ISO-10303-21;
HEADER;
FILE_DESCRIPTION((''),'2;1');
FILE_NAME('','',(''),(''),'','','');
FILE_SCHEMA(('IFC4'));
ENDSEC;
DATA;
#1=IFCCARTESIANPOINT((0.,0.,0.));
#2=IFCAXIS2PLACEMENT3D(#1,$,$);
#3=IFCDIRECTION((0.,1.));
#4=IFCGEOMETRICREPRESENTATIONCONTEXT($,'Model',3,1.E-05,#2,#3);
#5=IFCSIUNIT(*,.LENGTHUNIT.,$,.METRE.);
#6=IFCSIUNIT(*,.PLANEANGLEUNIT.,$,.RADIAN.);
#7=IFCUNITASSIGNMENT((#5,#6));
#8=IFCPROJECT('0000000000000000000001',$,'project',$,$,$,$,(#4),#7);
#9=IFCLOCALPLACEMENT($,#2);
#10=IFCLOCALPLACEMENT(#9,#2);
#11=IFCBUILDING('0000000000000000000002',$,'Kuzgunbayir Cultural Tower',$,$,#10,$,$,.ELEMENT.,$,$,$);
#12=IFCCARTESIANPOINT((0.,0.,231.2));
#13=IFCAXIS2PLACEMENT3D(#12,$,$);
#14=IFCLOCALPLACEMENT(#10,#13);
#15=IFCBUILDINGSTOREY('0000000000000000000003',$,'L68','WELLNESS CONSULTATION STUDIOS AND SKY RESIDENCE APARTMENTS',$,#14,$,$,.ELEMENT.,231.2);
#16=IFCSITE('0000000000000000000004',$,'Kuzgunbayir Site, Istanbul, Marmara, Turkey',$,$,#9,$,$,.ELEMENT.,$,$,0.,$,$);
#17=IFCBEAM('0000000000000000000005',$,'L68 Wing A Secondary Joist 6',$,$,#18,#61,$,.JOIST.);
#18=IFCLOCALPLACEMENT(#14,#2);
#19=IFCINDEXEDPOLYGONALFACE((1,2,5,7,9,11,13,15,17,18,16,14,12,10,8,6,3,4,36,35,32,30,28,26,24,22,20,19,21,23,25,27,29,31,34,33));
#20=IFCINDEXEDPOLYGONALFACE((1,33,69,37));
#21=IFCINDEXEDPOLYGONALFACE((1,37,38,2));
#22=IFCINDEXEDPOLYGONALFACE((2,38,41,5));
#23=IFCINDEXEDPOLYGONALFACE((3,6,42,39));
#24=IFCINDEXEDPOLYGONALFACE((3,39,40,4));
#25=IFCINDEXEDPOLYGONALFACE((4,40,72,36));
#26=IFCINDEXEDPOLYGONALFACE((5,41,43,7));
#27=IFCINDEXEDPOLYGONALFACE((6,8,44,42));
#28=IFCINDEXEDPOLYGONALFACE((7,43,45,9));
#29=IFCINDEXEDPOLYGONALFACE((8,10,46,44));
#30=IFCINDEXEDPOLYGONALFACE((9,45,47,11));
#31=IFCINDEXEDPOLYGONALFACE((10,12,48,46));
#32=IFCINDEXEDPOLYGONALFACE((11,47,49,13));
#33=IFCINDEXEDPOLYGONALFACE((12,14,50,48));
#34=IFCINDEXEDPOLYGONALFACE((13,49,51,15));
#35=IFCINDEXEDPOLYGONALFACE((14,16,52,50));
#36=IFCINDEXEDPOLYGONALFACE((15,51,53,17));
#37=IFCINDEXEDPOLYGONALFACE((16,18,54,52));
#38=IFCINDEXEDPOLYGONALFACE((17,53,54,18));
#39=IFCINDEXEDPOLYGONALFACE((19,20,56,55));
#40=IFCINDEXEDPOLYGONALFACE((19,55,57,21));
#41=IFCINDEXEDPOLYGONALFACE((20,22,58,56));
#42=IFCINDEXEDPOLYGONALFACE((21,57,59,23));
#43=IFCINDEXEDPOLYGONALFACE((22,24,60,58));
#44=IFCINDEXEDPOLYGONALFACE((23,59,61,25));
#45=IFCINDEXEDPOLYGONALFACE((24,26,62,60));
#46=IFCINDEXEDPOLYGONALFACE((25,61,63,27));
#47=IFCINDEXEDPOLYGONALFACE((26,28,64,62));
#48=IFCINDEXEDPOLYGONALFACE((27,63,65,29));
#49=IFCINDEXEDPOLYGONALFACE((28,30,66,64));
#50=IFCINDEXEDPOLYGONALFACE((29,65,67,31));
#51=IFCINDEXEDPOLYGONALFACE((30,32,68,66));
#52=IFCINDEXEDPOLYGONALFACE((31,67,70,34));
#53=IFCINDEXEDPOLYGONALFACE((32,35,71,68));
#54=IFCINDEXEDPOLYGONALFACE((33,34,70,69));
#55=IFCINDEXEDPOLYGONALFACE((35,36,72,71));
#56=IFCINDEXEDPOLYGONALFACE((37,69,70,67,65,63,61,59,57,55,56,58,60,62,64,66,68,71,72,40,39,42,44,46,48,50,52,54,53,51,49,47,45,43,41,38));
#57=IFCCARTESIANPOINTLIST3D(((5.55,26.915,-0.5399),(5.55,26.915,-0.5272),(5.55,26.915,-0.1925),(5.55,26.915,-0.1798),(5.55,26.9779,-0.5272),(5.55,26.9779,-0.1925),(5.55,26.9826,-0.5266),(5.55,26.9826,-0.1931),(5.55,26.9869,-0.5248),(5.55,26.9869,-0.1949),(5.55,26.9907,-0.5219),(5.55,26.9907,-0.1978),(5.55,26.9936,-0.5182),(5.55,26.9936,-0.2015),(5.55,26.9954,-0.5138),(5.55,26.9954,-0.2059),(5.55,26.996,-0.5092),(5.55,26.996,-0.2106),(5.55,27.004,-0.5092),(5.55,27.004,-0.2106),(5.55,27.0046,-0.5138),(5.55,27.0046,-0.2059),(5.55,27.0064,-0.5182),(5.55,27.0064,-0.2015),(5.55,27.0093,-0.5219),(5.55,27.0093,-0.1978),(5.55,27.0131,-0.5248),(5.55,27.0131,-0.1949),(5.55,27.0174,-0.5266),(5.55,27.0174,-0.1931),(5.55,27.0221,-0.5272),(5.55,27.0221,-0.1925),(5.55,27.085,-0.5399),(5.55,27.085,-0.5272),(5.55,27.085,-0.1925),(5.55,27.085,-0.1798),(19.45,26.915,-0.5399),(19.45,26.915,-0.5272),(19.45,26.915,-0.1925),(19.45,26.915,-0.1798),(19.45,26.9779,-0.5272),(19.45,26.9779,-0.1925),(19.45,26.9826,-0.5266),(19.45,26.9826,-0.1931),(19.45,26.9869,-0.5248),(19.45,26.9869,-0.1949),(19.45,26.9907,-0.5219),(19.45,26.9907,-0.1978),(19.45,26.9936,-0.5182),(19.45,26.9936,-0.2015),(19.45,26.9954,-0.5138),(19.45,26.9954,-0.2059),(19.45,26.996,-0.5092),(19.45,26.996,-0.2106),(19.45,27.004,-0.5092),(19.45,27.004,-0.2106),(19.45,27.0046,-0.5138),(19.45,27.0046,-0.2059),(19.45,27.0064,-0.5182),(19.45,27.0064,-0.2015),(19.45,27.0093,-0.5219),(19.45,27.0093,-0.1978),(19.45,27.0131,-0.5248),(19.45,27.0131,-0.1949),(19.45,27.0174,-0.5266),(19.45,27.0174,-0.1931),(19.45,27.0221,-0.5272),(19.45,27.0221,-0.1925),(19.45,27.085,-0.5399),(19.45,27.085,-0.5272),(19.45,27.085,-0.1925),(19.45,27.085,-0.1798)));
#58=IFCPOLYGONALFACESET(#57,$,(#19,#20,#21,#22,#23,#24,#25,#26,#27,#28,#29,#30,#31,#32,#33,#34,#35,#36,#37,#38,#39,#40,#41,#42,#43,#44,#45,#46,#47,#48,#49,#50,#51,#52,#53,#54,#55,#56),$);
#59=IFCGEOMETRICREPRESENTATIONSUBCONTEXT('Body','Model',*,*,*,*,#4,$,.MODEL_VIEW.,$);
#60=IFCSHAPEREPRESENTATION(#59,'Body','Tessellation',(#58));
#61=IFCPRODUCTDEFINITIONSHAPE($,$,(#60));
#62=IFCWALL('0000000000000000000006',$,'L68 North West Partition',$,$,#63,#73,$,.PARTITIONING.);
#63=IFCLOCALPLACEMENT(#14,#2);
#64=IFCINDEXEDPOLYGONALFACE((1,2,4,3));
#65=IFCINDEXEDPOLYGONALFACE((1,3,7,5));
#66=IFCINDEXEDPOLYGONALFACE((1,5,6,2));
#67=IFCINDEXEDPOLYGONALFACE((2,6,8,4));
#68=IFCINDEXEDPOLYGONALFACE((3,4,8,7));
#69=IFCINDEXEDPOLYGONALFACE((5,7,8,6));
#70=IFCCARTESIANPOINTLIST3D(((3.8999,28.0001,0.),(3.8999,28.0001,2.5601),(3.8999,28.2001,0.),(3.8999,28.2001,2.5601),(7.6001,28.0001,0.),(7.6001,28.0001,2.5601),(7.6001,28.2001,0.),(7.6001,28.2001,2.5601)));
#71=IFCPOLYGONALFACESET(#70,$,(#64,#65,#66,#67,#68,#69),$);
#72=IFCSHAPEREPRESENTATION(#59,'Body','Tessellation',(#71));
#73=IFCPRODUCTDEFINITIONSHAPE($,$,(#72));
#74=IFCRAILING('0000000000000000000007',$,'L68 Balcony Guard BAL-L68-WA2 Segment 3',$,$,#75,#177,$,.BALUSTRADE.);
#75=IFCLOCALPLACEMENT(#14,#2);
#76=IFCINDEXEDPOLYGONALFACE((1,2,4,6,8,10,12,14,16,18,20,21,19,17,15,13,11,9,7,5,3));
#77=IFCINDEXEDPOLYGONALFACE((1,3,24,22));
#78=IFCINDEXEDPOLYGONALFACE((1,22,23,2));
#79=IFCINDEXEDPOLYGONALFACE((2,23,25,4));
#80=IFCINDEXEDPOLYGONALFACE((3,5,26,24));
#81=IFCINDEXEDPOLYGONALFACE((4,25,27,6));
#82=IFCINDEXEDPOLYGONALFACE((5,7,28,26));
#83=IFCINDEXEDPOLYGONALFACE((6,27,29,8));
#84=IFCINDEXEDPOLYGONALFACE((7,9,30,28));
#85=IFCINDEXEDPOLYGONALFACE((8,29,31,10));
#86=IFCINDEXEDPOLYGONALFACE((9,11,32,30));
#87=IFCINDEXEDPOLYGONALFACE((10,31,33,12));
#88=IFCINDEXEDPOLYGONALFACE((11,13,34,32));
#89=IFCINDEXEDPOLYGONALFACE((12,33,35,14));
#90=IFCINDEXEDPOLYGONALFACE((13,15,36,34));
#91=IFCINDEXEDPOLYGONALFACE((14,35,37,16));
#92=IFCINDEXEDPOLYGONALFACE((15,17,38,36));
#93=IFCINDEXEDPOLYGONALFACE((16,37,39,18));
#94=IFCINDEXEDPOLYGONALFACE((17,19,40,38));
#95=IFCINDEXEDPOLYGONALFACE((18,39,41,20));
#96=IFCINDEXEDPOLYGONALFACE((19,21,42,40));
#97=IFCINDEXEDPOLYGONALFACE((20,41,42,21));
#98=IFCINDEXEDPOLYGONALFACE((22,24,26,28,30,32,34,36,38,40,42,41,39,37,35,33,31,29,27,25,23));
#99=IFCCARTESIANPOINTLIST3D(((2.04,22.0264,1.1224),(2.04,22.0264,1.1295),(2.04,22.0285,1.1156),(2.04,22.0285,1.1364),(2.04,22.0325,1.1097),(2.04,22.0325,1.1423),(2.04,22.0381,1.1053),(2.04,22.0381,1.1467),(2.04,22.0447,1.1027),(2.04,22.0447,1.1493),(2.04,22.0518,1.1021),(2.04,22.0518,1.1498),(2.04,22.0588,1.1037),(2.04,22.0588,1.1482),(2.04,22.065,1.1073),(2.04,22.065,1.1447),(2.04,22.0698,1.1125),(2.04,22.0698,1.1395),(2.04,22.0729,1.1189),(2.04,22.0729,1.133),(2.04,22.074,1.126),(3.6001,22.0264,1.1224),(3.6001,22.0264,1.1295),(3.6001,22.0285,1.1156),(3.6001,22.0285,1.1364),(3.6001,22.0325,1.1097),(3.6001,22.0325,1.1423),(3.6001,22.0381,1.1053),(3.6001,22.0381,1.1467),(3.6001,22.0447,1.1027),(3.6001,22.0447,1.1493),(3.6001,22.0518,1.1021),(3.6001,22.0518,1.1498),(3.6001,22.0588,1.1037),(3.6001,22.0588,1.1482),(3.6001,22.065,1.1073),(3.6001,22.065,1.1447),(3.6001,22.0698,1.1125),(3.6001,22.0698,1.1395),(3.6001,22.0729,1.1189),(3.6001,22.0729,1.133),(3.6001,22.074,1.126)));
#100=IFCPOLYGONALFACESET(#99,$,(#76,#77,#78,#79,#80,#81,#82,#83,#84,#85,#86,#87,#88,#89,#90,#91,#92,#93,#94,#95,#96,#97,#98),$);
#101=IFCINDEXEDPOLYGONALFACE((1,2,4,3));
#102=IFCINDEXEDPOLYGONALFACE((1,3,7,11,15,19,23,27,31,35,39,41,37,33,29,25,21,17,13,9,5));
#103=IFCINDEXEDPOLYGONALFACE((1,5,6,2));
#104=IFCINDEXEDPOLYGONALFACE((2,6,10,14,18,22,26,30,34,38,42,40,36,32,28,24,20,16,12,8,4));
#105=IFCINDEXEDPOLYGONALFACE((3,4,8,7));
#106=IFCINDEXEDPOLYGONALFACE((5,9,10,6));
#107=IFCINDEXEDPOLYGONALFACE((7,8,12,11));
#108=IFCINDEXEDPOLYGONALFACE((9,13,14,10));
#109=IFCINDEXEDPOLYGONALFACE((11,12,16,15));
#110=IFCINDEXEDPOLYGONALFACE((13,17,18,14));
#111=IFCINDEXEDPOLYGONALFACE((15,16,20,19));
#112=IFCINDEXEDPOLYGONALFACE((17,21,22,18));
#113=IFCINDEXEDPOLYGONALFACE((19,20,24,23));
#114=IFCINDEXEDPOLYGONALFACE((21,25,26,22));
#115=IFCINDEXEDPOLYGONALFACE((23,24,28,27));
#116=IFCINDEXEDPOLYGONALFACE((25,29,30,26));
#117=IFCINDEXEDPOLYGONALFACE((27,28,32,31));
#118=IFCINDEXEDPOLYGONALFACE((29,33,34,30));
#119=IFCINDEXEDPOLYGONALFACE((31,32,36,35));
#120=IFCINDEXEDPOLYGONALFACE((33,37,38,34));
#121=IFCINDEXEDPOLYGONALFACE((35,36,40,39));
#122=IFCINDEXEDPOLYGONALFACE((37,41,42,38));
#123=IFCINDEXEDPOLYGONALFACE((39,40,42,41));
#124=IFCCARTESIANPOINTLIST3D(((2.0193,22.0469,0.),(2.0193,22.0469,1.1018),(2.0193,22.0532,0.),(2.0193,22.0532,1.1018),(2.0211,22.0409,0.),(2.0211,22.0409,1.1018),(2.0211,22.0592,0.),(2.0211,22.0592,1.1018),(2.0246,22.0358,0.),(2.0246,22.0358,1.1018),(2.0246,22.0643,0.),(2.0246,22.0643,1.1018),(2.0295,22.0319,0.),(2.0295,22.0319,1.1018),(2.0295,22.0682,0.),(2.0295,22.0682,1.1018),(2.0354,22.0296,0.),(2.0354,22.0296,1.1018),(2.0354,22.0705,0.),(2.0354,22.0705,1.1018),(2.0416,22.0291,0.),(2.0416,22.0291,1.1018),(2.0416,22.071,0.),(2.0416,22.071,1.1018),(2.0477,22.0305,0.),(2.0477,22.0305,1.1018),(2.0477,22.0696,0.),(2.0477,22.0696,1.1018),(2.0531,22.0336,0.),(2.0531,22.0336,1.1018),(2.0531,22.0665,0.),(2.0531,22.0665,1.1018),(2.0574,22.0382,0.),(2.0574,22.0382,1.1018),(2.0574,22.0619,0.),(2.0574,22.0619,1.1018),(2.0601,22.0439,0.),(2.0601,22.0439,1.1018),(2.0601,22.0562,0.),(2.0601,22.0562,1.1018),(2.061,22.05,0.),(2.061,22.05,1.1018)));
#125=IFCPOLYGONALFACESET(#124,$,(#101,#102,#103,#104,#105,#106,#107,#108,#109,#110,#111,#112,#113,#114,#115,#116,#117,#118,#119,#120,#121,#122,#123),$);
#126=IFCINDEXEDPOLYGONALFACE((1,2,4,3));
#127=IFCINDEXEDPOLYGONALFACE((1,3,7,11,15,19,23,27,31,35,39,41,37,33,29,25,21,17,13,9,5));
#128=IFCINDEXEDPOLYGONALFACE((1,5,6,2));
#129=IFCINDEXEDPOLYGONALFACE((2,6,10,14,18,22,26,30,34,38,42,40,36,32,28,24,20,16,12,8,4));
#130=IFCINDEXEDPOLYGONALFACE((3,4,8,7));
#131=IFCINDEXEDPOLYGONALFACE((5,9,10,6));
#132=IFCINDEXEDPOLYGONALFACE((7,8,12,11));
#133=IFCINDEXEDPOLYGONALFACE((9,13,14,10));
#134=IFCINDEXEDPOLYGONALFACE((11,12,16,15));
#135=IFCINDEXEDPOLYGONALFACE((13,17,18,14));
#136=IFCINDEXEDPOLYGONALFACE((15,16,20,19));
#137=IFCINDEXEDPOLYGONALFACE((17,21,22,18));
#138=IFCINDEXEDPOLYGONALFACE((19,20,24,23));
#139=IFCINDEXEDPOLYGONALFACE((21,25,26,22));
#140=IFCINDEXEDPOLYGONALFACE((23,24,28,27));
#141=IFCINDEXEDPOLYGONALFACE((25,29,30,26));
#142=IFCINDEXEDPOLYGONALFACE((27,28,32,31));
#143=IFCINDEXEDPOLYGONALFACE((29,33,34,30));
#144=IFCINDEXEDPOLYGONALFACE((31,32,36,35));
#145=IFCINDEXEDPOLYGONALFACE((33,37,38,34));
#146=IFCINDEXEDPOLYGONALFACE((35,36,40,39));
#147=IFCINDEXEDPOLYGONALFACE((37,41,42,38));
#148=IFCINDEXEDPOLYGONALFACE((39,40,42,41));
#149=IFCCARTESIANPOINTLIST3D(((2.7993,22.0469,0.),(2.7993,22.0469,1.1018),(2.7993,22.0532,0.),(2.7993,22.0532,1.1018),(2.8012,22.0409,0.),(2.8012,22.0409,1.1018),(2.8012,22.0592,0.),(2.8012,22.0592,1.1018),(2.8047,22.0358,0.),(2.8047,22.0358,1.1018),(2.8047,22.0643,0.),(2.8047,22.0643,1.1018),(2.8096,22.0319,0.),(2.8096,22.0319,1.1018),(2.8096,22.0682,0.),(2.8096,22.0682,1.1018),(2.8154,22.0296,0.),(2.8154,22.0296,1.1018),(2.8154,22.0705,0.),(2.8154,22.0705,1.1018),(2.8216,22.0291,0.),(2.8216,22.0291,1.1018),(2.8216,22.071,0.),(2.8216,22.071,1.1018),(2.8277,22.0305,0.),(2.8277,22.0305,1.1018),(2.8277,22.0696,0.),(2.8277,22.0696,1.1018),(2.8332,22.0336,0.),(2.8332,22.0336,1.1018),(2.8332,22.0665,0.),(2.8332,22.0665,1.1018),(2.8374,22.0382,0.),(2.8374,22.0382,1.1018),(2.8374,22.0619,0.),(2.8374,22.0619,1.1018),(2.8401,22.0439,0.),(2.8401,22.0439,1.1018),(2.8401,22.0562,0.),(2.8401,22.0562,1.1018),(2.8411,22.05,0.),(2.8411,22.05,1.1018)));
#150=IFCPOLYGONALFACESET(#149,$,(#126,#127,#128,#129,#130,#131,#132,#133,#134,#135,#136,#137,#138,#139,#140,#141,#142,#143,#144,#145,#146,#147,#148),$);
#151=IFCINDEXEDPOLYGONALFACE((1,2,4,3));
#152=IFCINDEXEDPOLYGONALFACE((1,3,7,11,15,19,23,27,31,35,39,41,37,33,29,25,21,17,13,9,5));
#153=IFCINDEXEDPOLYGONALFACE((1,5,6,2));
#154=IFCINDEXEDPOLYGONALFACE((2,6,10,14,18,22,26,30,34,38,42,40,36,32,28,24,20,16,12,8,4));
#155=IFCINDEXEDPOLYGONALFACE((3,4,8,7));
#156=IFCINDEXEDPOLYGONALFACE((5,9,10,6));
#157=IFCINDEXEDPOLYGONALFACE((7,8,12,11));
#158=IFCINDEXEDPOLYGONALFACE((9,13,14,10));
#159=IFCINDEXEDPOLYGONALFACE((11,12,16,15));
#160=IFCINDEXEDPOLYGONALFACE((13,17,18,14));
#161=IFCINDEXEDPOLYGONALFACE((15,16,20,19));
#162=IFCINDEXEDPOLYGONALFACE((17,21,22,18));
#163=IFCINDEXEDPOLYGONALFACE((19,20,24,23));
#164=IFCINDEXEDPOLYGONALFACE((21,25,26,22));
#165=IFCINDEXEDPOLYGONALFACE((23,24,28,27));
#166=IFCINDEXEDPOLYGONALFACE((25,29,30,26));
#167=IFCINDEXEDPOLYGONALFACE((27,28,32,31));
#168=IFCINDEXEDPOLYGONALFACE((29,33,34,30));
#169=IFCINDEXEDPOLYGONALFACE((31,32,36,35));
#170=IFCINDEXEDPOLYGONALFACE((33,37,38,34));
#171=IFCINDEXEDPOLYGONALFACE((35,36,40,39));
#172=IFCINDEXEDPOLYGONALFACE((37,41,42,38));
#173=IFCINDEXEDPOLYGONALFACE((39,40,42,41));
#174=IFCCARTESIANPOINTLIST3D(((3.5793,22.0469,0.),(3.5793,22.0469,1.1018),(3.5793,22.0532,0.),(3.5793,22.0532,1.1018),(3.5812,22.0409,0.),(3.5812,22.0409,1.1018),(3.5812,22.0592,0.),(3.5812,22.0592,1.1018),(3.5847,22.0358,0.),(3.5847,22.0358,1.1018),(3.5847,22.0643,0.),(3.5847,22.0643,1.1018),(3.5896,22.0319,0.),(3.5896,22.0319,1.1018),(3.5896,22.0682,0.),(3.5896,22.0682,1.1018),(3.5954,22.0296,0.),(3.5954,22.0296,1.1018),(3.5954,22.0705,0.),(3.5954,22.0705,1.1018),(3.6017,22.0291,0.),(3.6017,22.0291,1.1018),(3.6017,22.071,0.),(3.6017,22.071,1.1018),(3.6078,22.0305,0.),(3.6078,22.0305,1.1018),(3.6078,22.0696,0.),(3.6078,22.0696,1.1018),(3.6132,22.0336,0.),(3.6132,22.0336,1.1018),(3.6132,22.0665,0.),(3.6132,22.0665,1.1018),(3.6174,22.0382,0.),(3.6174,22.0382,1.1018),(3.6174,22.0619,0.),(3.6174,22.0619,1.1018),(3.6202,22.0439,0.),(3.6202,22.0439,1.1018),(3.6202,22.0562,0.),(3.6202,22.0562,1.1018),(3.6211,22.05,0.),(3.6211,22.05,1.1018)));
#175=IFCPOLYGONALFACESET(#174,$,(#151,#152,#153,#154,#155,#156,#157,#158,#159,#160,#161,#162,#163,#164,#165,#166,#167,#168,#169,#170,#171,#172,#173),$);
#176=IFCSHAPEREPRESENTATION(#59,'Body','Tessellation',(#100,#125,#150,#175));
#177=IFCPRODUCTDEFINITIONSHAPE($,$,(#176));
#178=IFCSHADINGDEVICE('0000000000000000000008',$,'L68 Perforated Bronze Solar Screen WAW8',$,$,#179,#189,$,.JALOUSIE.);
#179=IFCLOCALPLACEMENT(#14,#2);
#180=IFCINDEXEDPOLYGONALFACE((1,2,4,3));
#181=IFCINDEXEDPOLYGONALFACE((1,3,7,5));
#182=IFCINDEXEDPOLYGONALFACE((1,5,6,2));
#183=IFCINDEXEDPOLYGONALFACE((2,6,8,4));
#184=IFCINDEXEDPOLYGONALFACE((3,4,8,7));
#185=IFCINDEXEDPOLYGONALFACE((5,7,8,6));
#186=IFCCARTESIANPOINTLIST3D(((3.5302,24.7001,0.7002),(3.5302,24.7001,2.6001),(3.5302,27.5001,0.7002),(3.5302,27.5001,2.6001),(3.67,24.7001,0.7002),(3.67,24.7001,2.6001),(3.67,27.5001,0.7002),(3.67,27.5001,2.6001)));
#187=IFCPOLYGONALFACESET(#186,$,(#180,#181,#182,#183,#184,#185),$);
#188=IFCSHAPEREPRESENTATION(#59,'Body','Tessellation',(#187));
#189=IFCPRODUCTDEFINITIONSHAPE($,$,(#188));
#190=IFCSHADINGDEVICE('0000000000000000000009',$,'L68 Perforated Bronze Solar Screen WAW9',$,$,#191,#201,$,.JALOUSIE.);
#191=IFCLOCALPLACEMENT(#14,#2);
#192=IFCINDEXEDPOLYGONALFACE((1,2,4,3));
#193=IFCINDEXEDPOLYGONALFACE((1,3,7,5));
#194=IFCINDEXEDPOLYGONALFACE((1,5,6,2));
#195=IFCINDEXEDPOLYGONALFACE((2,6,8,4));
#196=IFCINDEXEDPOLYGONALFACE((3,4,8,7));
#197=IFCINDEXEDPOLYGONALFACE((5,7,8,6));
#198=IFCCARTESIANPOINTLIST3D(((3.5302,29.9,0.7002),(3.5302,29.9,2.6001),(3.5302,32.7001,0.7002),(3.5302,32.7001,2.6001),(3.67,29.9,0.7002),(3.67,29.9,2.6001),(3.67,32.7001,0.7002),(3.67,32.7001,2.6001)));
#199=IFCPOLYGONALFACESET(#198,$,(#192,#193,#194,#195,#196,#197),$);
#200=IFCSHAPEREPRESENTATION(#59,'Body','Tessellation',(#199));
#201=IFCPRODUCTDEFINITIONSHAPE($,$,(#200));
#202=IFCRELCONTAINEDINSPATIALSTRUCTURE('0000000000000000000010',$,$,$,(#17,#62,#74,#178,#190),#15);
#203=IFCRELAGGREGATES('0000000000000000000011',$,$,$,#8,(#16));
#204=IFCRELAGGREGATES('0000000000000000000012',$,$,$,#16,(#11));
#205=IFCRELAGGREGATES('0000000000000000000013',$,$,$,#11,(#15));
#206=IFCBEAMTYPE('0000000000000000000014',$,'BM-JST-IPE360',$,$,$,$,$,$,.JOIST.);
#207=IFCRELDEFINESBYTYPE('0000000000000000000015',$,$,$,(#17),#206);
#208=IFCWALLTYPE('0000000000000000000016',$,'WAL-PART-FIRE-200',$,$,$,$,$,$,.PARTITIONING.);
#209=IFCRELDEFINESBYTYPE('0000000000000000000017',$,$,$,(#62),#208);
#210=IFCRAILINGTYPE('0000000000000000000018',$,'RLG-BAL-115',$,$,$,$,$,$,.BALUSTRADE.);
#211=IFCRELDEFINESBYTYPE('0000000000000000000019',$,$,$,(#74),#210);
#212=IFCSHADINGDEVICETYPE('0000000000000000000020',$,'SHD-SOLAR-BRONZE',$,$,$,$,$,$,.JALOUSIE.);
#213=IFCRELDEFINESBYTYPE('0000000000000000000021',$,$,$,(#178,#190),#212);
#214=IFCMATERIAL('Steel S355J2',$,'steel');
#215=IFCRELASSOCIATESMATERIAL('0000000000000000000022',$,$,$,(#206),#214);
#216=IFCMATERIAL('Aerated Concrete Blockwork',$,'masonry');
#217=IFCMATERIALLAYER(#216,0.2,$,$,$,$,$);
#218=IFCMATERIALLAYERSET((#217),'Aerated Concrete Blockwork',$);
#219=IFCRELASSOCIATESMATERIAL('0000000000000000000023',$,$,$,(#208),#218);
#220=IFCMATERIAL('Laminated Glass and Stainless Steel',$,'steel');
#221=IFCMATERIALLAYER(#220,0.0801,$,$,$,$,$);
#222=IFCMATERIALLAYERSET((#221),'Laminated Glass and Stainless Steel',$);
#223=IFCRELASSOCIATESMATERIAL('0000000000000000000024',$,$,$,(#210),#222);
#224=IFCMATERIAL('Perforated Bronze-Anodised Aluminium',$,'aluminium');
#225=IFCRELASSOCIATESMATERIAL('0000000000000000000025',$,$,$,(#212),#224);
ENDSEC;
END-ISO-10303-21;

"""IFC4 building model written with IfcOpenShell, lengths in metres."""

from ifc_helpers import new_model, si_unit, direction, frame, frame_2d, origin, origin_2d, place, context, subcontext, project, spatial, rectangle, circle, i_section, extrude, material, layer, layer_set, material_profile, profile_set, type_object, element, save


model = new_model("IFC4")

# Units and contexts
model_context = context("Model", 3, precision=1e-05, world=origin(), true_north=direction((0.0, 1.0)))
body_context = subcontext(model_context, "Body", "Model", "MODEL_VIEW")
ifc_project = project(units=[si_unit("LENGTHUNIT", "METRE"), si_unit("PLANEANGLEUNIT", "RADIAN")], contexts=[model_context])

# Site, building, storey
site_placement = place(None, origin())
site = spatial("IfcSite", under=ifc_project, at=site_placement, Name="Kuzgunbayir Site, Istanbul, Marmara, Turkey", CompositionType="ELEMENT", RefElevation=0.0)
building_placement = place(site_placement, origin())
building = spatial("IfcBuilding", under=site, at=building_placement, Name="Kuzgunbayir Cultural Tower", CompositionType="ELEMENT")
storey_placement = place(building_placement, frame((0.0, 0.0, 231.2)))
storey = spatial("IfcBuildingStorey", under=building, at=storey_placement, Name="L68", Description="WELLNESS CONSULTATION STUDIOS AND SKY RESIDENCE APARTMENTS", CompositionType="ELEMENT", Elevation=231.2)

# Beam
ifc_material_1 = material(Name="Steel S355J2", Category="steel")
ifc_material_profile_1 = material_profile(ifc_material_1, i_section(OverallWidth=0.1699, OverallDepth=0.3601, WebThickness=0.0081, FlangeThickness=0.0127, FilletRadius=0.0181, at=origin_2d()), Name="IPE 360")
ifc_profile_set_1 = profile_set([ifc_material_profile_1], Name="Steel S355J2")
beam_type_1 = type_object("IfcBeamType", Name="BM-JST-IPE360", PredefinedType="JOIST", material=ifc_profile_set_1)
for number, where, z_axis, x_axis, name in (
    (1, (5.55, 27.0, -0.3599), (1.0, 0.0, 0.0), (0.0, 1.0, 0.0), "L68 Wing A Secondary Joist 6"),
):
    element("IfcBeam", number, at=place(storey_placement, frame(where, z_axis=z_axis, x_axis=x_axis)), inside=storey, type_object=beam_type_1, Name=name, PredefinedType="JOIST", context=body_context, shape_type="SweptSolid", body=[
        extrude(i_section(OverallWidth=0.1699, OverallDepth=0.3601, WebThickness=0.0081, FlangeThickness=0.0127, FilletRadius=0.0181, at=origin_2d()), origin(), (0.0, 0.0, 1.0), 13.8999),
    ])

# Wall
ifc_material_2 = material(Name="Aerated Concrete Blockwork", Category="masonry")
ifc_layer_1 = layer(ifc_material_2, 0.2)
ifc_layer_set_1 = layer_set([ifc_layer_1], Name="Aerated Concrete Blockwork")
wall_type_1 = type_object("IfcWallType", Name="WAL-PART-FIRE-200", PredefinedType="PARTITIONING", material=ifc_layer_set_1)
wall_1_placement = place(storey_placement, frame((3.8999, 28.1001, 0.0), z_axis=(0.0, 0.0, 1.0), x_axis=(1.0, 0.0, 0.0)))
element("IfcWall", 2, at=wall_1_placement, inside=storey, type_object=wall_type_1, Name="L68 North West Partition", PredefinedType="PARTITIONING", context=body_context, shape_type="SweptSolid", body=[
    extrude(rectangle(XDim=3.7002, YDim=0.2, at=frame_2d((1.8501, 0.0))), origin(), (0.0, 0.0, 1.0), 2.5601),
])

# Railing
ifc_material_3 = material(Name="Laminated Glass and Stainless Steel", Category="steel")
ifc_layer_2 = layer(ifc_material_3, 0.0801)
ifc_layer_set_2 = layer_set([ifc_layer_2], Name="Laminated Glass and Stainless Steel")
railing_type = type_object("IfcRailingType", Name="RLG-BAL-115", PredefinedType="BALUSTRADE", material=ifc_layer_set_2)
railing_placement = place(storey_placement, frame((2.04, 22.05, 0.0)))
element("IfcRailing", 3, at=railing_placement, inside=storey, type_object=railing_type, Name="L68 Balcony Guard BAL-L68-WA2 Segment 3", PredefinedType="BALUSTRADE", context=body_context, shape_type="SweptSolid", body=[
    extrude(circle(Radius=0.0239, at=origin_2d()), frame((0.0, 0.0, 1.126), z_axis=(1.0, 0.0, 0.0), x_axis=(0.0, 1.0, 0.0)), (0.0, 0.0, 1.0), 1.5601),
    extrude(circle(Radius=0.021, at=origin_2d()), origin(), (0.0, 0.0, 1.0), 1.1018),
    extrude(circle(Radius=0.021, at=origin_2d()), frame((0.78, 0.0, 0.0)), (0.0, 0.0, 1.0), 1.1018),
    extrude(circle(Radius=0.021, at=origin_2d()), frame((1.5601, 0.0, 0.0)), (0.0, 0.0, 1.0), 1.1018),
])

# Shading devices
ifc_material_4 = material(Name="Perforated Bronze-Anodised Aluminium", Category="aluminium")
shading_device_type = type_object("IfcShadingDeviceType", Name="SHD-SOLAR-BRONZE", PredefinedType="JALOUSIE", material=ifc_material_4)
for number, where, z_axis, x_axis, name in (
    (4, (3.6001, 26.1001, 0.7002), (0.0, 0.0, 1.0), (1.0, 0.0, 0.0), "L68 Perforated Bronze Solar Screen WAW8"),
    (5, (3.6001, 31.3, 0.7002), (0.0, 0.0, 1.0), (1.0, 0.0, 0.0), "L68 Perforated Bronze Solar Screen WAW9"),
):
    element("IfcShadingDevice", number, at=place(storey_placement, frame(where, z_axis=z_axis, x_axis=x_axis)), inside=storey, type_object=shading_device_type, Name=name, PredefinedType="JALOUSIE", context=body_context, shape_type="SweptSolid", body=[
        extrude(rectangle(XDim=0.1399, YDim=2.8, at=origin_2d()), origin(), (0.0, 0.0, 1.0), 1.8999),
    ])

save(model, "model.ifc")
